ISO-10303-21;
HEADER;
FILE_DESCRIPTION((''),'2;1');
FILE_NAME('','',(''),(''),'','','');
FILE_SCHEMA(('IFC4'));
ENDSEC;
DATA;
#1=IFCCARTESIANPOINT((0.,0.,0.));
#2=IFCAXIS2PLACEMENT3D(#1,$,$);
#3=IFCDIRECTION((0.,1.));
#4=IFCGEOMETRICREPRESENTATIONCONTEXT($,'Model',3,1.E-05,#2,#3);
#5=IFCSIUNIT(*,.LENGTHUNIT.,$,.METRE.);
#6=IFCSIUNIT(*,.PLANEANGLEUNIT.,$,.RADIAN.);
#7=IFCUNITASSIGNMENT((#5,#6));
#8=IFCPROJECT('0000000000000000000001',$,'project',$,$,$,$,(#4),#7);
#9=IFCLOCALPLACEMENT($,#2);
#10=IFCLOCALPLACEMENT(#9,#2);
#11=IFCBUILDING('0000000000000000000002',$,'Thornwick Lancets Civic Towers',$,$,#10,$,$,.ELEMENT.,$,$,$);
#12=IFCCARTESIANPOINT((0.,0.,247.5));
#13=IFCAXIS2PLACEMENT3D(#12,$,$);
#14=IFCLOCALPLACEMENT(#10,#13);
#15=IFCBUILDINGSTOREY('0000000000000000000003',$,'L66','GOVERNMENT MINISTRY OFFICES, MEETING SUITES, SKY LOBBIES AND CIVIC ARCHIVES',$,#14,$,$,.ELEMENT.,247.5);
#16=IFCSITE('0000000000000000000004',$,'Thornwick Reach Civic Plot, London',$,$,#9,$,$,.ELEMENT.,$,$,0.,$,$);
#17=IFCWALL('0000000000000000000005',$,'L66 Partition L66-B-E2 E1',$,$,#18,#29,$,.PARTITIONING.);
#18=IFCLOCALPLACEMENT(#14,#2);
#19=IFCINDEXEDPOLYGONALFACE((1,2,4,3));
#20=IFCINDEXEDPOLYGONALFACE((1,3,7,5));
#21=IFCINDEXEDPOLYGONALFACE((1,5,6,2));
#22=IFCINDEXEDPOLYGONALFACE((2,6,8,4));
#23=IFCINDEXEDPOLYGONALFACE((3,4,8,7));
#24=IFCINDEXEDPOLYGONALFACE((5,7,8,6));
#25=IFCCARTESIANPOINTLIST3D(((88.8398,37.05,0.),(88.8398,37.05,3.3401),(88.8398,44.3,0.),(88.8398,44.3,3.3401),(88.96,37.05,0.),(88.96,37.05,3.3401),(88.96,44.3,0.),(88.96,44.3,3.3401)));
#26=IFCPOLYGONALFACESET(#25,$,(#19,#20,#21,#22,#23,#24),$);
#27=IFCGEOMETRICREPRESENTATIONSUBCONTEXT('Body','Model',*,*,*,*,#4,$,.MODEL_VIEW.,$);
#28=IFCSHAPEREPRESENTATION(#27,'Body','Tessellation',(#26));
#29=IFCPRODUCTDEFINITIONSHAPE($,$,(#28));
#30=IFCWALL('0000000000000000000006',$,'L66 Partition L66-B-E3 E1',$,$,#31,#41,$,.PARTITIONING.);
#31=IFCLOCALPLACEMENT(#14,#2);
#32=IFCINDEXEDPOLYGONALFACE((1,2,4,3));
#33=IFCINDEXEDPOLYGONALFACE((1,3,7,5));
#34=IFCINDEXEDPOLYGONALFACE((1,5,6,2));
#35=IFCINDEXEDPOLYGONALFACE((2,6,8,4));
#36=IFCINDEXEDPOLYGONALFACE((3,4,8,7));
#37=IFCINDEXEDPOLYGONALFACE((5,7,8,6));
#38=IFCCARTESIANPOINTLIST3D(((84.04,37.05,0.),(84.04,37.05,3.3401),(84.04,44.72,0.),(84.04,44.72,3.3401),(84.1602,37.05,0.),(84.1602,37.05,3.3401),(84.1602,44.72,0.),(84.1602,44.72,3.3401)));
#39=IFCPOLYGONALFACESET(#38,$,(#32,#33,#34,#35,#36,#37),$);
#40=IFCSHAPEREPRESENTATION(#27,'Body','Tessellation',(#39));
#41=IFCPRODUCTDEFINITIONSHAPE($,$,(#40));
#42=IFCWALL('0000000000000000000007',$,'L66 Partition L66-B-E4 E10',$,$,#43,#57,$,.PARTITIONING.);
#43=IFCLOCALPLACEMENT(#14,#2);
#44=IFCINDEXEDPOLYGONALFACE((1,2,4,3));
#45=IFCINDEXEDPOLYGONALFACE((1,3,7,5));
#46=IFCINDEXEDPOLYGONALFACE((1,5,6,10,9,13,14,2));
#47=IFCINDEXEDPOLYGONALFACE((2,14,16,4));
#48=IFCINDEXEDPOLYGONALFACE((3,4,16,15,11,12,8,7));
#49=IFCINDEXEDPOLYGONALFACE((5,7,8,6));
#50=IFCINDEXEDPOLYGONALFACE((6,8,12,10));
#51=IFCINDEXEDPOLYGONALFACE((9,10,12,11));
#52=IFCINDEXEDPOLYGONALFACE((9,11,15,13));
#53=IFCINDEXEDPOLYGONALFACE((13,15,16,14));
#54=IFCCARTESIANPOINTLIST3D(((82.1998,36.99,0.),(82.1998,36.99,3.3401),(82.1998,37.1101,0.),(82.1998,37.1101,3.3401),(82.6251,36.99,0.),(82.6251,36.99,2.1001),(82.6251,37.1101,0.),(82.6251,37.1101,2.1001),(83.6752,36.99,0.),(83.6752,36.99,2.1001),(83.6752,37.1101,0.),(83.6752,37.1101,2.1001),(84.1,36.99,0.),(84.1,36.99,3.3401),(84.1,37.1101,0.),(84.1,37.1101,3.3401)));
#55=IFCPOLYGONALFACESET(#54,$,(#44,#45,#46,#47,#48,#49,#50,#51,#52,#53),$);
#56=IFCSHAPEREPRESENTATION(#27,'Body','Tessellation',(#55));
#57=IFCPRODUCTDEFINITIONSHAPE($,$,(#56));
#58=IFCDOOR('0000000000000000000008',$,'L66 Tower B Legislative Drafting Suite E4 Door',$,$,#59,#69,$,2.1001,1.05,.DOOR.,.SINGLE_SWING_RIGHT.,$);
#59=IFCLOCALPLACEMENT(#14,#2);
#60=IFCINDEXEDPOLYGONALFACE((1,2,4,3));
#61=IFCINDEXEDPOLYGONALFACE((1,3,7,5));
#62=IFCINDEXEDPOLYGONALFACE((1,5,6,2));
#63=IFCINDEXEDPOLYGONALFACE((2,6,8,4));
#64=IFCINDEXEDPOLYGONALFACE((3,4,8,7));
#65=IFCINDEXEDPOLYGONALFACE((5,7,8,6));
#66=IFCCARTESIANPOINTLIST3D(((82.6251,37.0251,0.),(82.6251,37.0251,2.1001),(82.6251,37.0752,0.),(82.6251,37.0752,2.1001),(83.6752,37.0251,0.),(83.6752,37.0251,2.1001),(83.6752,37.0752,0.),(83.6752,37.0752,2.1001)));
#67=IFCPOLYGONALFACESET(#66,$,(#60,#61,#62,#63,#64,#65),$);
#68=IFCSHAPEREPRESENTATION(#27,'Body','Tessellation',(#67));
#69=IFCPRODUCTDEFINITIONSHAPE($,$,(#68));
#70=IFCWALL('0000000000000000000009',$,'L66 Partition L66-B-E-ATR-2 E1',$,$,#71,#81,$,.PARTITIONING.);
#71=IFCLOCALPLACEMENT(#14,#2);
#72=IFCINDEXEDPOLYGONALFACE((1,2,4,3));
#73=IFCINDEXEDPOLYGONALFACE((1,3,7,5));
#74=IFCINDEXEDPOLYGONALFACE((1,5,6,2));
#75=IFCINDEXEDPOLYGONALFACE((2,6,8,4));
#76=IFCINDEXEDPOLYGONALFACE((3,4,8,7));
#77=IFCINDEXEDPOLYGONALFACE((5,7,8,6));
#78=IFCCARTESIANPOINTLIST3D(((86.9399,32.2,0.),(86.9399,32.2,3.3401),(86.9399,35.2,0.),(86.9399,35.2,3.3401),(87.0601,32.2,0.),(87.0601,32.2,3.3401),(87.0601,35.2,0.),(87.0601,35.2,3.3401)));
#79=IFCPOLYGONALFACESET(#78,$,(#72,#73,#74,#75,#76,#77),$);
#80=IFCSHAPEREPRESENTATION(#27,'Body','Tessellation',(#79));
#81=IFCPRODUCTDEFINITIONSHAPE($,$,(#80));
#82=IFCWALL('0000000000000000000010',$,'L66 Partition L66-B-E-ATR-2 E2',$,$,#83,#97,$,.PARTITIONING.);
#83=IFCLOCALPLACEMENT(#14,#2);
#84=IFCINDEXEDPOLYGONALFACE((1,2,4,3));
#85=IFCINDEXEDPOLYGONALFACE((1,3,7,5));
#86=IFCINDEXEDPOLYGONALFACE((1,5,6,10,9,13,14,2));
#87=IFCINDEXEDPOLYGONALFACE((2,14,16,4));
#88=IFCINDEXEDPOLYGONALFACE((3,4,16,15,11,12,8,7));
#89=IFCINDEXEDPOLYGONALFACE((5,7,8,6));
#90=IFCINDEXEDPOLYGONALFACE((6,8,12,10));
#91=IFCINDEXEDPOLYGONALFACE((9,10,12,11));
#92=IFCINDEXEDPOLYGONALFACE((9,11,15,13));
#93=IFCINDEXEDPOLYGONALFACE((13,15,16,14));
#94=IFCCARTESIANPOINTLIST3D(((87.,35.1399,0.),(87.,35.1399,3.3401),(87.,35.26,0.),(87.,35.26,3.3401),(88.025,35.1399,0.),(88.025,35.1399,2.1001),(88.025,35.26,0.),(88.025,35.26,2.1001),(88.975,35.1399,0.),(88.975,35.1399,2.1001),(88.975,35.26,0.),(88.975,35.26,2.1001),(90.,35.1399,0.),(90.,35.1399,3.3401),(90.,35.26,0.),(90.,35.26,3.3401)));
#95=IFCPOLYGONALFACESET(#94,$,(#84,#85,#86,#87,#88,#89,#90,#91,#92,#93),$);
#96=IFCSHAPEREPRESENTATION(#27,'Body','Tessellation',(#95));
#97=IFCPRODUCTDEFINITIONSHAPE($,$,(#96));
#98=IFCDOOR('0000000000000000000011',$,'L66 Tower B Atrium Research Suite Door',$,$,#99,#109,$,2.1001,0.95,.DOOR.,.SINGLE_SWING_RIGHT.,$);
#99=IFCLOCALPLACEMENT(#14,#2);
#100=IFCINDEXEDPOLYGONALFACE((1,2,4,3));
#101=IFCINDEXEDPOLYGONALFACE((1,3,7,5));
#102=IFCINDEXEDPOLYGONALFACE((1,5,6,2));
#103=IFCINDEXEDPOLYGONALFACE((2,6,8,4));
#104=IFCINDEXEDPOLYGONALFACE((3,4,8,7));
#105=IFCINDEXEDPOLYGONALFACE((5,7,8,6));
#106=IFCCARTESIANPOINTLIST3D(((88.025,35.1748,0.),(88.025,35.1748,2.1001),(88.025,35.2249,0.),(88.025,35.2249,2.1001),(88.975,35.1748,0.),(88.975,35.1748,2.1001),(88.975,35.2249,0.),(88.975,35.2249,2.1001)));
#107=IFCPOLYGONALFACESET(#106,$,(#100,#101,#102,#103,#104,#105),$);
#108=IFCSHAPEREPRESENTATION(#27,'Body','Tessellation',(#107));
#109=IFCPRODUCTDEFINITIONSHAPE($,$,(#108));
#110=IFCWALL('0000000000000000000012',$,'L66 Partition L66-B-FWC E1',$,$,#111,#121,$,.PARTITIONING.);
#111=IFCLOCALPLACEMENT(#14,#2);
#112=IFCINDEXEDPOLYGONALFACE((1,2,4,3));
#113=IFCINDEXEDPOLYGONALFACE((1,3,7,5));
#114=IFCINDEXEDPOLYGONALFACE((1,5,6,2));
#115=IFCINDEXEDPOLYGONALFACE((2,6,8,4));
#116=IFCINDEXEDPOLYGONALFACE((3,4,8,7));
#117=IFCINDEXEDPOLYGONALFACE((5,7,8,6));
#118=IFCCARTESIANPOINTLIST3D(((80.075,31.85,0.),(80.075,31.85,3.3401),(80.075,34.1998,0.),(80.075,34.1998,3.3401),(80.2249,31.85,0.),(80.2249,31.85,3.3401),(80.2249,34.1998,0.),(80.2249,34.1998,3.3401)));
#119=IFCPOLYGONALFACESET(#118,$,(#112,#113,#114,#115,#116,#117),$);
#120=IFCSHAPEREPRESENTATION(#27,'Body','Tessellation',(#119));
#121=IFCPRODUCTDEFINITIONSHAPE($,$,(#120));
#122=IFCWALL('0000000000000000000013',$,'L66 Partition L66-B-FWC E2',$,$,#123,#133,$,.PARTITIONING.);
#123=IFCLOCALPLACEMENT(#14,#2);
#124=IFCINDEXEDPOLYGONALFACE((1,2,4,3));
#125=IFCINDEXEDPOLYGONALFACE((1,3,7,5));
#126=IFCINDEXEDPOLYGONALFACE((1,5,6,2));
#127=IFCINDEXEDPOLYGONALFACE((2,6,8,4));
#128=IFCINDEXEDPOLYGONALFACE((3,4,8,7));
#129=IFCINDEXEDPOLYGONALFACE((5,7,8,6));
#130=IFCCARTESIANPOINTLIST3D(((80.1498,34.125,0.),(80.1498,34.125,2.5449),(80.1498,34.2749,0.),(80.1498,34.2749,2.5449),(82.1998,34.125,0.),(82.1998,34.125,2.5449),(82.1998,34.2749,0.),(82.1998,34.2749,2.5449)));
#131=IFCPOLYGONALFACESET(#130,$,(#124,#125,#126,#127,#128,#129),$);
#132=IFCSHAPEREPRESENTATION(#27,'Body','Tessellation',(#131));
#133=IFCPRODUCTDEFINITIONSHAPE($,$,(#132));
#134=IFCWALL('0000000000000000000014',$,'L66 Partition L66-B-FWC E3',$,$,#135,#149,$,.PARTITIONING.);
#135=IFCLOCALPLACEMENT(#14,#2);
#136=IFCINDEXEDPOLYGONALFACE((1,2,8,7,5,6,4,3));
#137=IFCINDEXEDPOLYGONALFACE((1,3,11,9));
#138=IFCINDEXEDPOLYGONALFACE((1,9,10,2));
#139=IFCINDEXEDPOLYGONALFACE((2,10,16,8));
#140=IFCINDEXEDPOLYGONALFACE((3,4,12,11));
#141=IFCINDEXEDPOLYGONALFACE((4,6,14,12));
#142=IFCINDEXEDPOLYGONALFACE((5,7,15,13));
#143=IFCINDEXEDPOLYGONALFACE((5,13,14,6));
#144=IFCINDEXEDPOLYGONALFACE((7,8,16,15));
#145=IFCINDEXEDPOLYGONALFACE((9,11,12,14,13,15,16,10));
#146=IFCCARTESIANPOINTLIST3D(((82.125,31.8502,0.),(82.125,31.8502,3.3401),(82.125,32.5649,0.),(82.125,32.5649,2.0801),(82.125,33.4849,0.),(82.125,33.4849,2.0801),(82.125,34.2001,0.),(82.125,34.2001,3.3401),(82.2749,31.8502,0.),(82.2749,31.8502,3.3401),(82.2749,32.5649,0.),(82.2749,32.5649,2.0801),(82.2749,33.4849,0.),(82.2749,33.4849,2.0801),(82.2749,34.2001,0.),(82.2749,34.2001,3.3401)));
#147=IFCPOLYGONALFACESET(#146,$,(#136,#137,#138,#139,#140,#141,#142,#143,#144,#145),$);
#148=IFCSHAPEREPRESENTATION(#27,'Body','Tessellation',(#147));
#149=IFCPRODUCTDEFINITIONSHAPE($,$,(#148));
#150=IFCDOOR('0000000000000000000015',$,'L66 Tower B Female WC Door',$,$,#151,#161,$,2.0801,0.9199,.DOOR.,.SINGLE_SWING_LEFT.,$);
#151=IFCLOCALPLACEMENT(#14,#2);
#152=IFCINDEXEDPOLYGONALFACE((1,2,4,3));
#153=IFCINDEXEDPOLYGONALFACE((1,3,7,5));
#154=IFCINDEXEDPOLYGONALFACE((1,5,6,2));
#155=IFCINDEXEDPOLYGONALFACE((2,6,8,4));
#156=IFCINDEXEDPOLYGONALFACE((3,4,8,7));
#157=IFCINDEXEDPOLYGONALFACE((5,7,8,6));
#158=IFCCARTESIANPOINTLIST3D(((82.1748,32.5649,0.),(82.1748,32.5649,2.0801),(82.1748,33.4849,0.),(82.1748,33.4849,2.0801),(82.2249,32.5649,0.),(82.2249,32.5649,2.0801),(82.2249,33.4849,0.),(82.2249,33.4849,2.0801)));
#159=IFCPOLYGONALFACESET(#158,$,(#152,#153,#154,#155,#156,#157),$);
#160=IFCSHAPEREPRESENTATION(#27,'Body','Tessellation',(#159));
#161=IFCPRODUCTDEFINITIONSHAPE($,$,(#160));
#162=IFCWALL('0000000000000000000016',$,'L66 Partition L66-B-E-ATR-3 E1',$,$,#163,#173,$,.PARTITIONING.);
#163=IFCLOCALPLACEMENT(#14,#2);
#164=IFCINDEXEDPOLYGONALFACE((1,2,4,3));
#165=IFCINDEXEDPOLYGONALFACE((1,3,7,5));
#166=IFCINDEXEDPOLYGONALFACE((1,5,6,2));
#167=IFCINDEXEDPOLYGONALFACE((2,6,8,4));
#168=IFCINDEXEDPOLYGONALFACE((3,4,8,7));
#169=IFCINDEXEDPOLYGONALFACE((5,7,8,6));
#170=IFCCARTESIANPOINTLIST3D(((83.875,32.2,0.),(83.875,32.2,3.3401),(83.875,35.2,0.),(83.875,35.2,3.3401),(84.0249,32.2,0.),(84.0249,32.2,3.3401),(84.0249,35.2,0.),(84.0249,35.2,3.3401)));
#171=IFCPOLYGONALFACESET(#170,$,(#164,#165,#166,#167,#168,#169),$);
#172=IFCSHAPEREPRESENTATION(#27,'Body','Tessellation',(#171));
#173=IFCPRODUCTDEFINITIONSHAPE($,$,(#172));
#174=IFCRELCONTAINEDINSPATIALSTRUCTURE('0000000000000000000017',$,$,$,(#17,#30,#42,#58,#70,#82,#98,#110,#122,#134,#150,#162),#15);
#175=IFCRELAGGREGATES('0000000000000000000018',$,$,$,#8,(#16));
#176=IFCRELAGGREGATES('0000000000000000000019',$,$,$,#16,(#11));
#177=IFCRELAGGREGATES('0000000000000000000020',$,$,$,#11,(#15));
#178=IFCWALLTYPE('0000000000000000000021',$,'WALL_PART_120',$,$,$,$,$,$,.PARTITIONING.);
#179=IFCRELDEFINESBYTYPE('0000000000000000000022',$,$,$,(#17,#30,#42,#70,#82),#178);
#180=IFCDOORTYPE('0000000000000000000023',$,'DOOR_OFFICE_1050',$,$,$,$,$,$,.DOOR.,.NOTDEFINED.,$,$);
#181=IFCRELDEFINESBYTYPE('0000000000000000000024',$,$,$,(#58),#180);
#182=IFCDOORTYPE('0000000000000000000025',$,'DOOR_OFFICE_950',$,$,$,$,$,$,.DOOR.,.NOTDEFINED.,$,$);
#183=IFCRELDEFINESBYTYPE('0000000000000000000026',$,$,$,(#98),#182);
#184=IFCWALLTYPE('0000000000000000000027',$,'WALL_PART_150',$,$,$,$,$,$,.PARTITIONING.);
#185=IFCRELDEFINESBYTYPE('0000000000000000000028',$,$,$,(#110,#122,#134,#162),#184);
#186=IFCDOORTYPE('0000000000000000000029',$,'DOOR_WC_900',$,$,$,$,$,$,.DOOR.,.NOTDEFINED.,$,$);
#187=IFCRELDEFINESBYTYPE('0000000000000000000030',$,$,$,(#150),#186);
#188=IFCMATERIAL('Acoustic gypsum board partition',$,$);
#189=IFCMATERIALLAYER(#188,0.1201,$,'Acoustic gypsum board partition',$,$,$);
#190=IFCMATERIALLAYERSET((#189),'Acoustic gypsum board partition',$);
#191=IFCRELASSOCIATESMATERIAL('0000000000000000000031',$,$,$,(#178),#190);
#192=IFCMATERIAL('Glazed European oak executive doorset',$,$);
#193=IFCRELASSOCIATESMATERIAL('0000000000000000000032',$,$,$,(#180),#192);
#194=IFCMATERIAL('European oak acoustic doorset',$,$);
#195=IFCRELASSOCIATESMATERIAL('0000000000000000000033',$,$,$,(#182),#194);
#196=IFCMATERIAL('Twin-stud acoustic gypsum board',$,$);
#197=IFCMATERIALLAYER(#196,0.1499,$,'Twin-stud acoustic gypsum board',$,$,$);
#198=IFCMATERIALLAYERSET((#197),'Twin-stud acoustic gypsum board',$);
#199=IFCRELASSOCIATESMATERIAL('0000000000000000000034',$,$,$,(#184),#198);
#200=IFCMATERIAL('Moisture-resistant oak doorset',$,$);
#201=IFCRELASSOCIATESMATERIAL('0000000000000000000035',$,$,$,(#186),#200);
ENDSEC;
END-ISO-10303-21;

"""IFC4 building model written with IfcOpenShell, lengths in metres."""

from ifc_helpers import new_model, si_unit, direction, frame, frame_2d, origin, place, context, subcontext, project, spatial, rectangle, extrude, material, layer, layer_set, type_object, element, fill, save


model = new_model("IFC4")

# Units and contexts
model_context = context("Model", 3, precision=1e-05, world=origin(), true_north=direction((0.0, 1.0)))
body_context = subcontext(model_context, "Body", "Model", "MODEL_VIEW")
ifc_project = project(units=[si_unit("LENGTHUNIT", "METRE"), si_unit("PLANEANGLEUNIT", "RADIAN")], contexts=[model_context])

# Site, building, storey
site_placement = place(None, origin())
site = spatial("IfcSite", under=ifc_project, at=site_placement, Name="Thornwick Reach Civic Plot, London", CompositionType="ELEMENT", RefElevation=0.0)
building_placement = place(site_placement, origin())
building = spatial("IfcBuilding", under=site, at=building_placement, Name="Thornwick Lancets Civic Towers", CompositionType="ELEMENT")
storey_placement = place(building_placement, frame((0.0, 0.0, 247.5)))
storey = spatial("IfcBuildingStorey", under=building, at=storey_placement, Name="L66", Description="GOVERNMENT MINISTRY OFFICES, MEETING SUITES, SKY LOBBIES AND CIVIC ARCHIVES", CompositionType="ELEMENT", Elevation=247.5)

# Walls
ifc_material_1 = material(Name="Acoustic gypsum board partition")
ifc_layer_1 = layer(ifc_material_1, 0.1201, Name="Acoustic gypsum board partition")
ifc_layer_set_1 = layer_set([ifc_layer_1], Name="Acoustic gypsum board partition")
wall_type_1 = type_object("IfcWallType", Name="WALL_PART_120", PredefinedType="PARTITIONING", material=ifc_layer_set_1)
wall_1_placement = place(storey_placement, frame((88.8999, 37.05, 0.0), z_axis=(0.0, 0.0, 1.0), x_axis=(0.0, 1.0, 0.0)))
element("IfcWall", 1, at=wall_1_placement, inside=storey, type_object=wall_type_1, Name="L66 Partition L66-B-E2 E1", PredefinedType="PARTITIONING", context=body_context, shape_type="SweptSolid", body=[
    extrude(rectangle(XDim=7.25, YDim=0.1201, at=frame_2d((3.625, 0.0))), origin(), (0.0, 0.0, 1.0), 3.3401),
])
wall_2_placement = place(storey_placement, frame((84.1001, 37.05, 0.0), z_axis=(0.0, 0.0, 1.0), x_axis=(0.0, 1.0, 0.0)))
element("IfcWall", 2, at=wall_2_placement, inside=storey, type_object=wall_type_1, Name="L66 Partition L66-B-E3 E1", PredefinedType="PARTITIONING", context=body_context, shape_type="SweptSolid", body=[
    extrude(rectangle(XDim=7.6699, YDim=0.1201, at=frame_2d((3.835, 0.0))), origin(), (0.0, 0.0, 1.0), 3.3401),
])

# Wall, opening, door
wall_3_placement = place(storey_placement, frame((84.1001, 37.05, 0.0), z_axis=(0.0, 0.0, 1.0), x_axis=(-1.0, 0.0, 0.0)))
wall_3 = element("IfcWall", 3, at=wall_3_placement, inside=storey, type_object=wall_type_1, Name="L66 Partition L66-B-E4 E10", PredefinedType="PARTITIONING", context=body_context, shape_type="SweptSolid", body=[
    extrude(rectangle(XDim=1.9001, YDim=0.1201, at=frame_2d((0.9502, 0.0))), origin(), (0.0, 0.0, 1.0), 3.3401),
])
opening_1_placement = place(wall_3_placement, frame((0.425, 0.0, 0.0)))
opening_1 = element("IfcOpeningElement", 4, at=opening_1_placement, cuts=wall_3, PredefinedType="OPENING", context=body_context, shape_type="SweptSolid", body=[
    extrude(rectangle(XDim=1.05, YDim=2.1001, at=frame_2d((0.5249, 1.05))), frame((0.0, 0.0701, 0.0), z_axis=(0.0, -1.0, 0.0), x_axis=(1.0, 0.0, 0.0)), (0.0, 0.0, 1.0), 0.1401),
])
ifc_material_2 = material(Name="Glazed European oak executive doorset")
door_type_1 = type_object("IfcDoorType", Name="DOOR_OFFICE_1050", OperationType="NOTDEFINED", PredefinedType="DOOR", material=ifc_material_2)
door_1_placement = place(opening_1_placement, origin())
door_1 = element("IfcDoor", 5, at=door_1_placement, inside=storey, type_object=door_type_1, Name="L66 Tower B Legislative Drafting Suite E4 Door", OperationType="SINGLE_SWING_RIGHT", OverallHeight=2.1001, OverallWidth=1.05, PredefinedType="DOOR", context=body_context, shape_type="SweptSolid", body=[
    extrude(rectangle(XDim=1.05, YDim=2.1001, at=frame_2d((0.5249, 1.05))), frame((0.0, 0.0249, 0.0), z_axis=(0.0, -1.0, 0.0), x_axis=(1.0, 0.0, 0.0)), (0.0, 0.0, 1.0), 0.05),
])
fill(opening_1, door_1)

# Wall
wall_4_placement = place(storey_placement, frame((87.0, 32.2, 0.0), z_axis=(0.0, 0.0, 1.0), x_axis=(0.0, 1.0, 0.0)))
element("IfcWall", 6, at=wall_4_placement, inside=storey, type_object=wall_type_1, Name="L66 Partition L66-B-E-ATR-2 E1", PredefinedType="PARTITIONING", context=body_context, shape_type="SweptSolid", body=[
    extrude(rectangle(XDim=3.0, YDim=0.1201, at=frame_2d((1.5, 0.0))), origin(), (0.0, 0.0, 1.0), 3.3401),
])

# Wall, opening, door
wall_5_placement = place(storey_placement, frame((87.0, 35.2, 0.0), z_axis=(0.0, 0.0, 1.0), x_axis=(1.0, 0.0, 0.0)))
wall_5 = element("IfcWall", 7, at=wall_5_placement, inside=storey, type_object=wall_type_1, Name="L66 Partition L66-B-E-ATR-2 E2", PredefinedType="PARTITIONING", context=body_context, shape_type="SweptSolid", body=[
    extrude(rectangle(XDim=3.0, YDim=0.1201, at=frame_2d((1.5, 0.0))), origin(), (0.0, 0.0, 1.0), 3.3401),
])
opening_2_placement = place(wall_5_placement, frame((1.0249, 0.0, 0.0)))
opening_2 = element("IfcOpeningElement", 8, at=opening_2_placement, cuts=wall_5, PredefinedType="OPENING", context=body_context, shape_type="SweptSolid", body=[
    extrude(rectangle(XDim=0.95, YDim=2.1001, at=frame_2d((0.4751, 1.05))), frame((0.0, 0.0701, 0.0), z_axis=(0.0, -1.0, 0.0), x_axis=(1.0, 0.0, 0.0)), (0.0, 0.0, 1.0), 0.1401),
])
ifc_material_3 = material(Name="European oak acoustic doorset")
door_type_2 = type_object("IfcDoorType", Name="DOOR_OFFICE_950", OperationType="NOTDEFINED", PredefinedType="DOOR", material=ifc_material_3)
door_2_placement = place(opening_2_placement, origin())
door_2 = element("IfcDoor", 9, at=door_2_placement, inside=storey, type_object=door_type_2, Name="L66 Tower B Atrium Research Suite Door", OperationType="SINGLE_SWING_RIGHT", OverallHeight=2.1001, OverallWidth=0.95, PredefinedType="DOOR", context=body_context, shape_type="SweptSolid", body=[
    extrude(rectangle(XDim=0.95, YDim=2.1001, at=frame_2d((0.4751, 1.05))), frame((0.0, 0.0249, 0.0), z_axis=(0.0, -1.0, 0.0), x_axis=(1.0, 0.0, 0.0)), (0.0, 0.0, 1.0), 0.05),
])
fill(opening_2, door_2)

# Walls
ifc_material_4 = material(Name="Twin-stud acoustic gypsum board")
ifc_layer_2 = layer(ifc_material_4, 0.1499, Name="Twin-stud acoustic gypsum board")
ifc_layer_set_2 = layer_set([ifc_layer_2], Name="Twin-stud acoustic gypsum board")
wall_type_2 = type_object("IfcWallType", Name="WALL_PART_150", PredefinedType="PARTITIONING", material=ifc_layer_set_2)
wall_6_placement = place(storey_placement, frame((80.1499, 31.8501, 0.0), z_axis=(0.0, 0.0, 1.0), x_axis=(0.0, 1.0, 0.0)))
element("IfcWall", 10, at=wall_6_placement, inside=storey, type_object=wall_type_2, Name="L66 Partition L66-B-FWC E1", PredefinedType="PARTITIONING", context=body_context, shape_type="SweptSolid", body=[
    extrude(rectangle(XDim=2.3499, YDim=0.1499, at=frame_2d((1.1748, 0.0))), origin(), (0.0, 0.0, 1.0), 3.3401),
])
wall_7_placement = place(storey_placement, frame((80.1499, 34.2, 0.0), z_axis=(0.0, 0.0, 1.0), x_axis=(1.0, 0.0, 0.0)))
element("IfcWall", 11, at=wall_7_placement, inside=storey, type_object=wall_type_2, Name="L66 Partition L66-B-FWC E2", PredefinedType="PARTITIONING", context=body_context, shape_type="SweptSolid", body=[
    extrude(rectangle(XDim=2.05, YDim=0.1499, at=frame_2d((1.0249, 0.0))), origin(), (0.0, 0.0, 1.0), 2.5449),
])

# Wall, opening, door
wall_8_placement = place(storey_placement, frame((82.2, 34.2, 0.0), z_axis=(0.0, 0.0, 1.0), x_axis=(0.0, -1.0, 0.0)))
wall_8 = element("IfcWall", 12, at=wall_8_placement, inside=storey, type_object=wall_type_2, Name="L66 Partition L66-B-FWC E3", PredefinedType="PARTITIONING", context=body_context, shape_type="SweptSolid", body=[
    extrude(rectangle(XDim=2.3499, YDim=0.1499, at=frame_2d((1.1748, 0.0))), origin(), (0.0, 0.0, 1.0), 3.3401),
])
opening_3_placement = place(wall_8_placement, frame((0.7151, 0.0, 0.0)))
opening_3 = element("IfcOpeningElement", 13, at=opening_3_placement, cuts=wall_8, PredefinedType="OPENING", context=body_context, shape_type="SweptSolid", body=[
    extrude(rectangle(XDim=0.9199, YDim=2.0801, at=frame_2d((0.46, 1.04))), frame((0.0, 0.085, 0.0), z_axis=(0.0, -1.0, 0.0), x_axis=(1.0, 0.0, 0.0)), (0.0, 0.0, 1.0), 0.1699),
])
ifc_material_5 = material(Name="Moisture-resistant oak doorset")
door_type_3 = type_object("IfcDoorType", Name="DOOR_WC_900", OperationType="NOTDEFINED", PredefinedType="DOOR", material=ifc_material_5)
door_3_placement = place(opening_3_placement, origin())
door_3 = element("IfcDoor", 14, at=door_3_placement, inside=storey, type_object=door_type_3, Name="L66 Tower B Female WC Door", OperationType="SINGLE_SWING_LEFT", OverallHeight=2.0801, OverallWidth=0.9199, PredefinedType="DOOR", context=body_context, shape_type="SweptSolid", body=[
    extrude(rectangle(XDim=0.9199, YDim=2.0801, at=frame_2d((0.46, 1.04))), frame((0.0, 0.0249, 0.0), z_axis=(0.0, -1.0, 0.0), x_axis=(1.0, 0.0, 0.0)), (0.0, 0.0, 1.0), 0.05),
])
fill(opening_3, door_3)

# Wall
wall_9_placement = place(storey_placement, frame((83.95, 32.2, 0.0), z_axis=(0.0, 0.0, 1.0), x_axis=(0.0, 1.0, 0.0)))
element("IfcWall", 15, at=wall_9_placement, inside=storey, type_object=wall_type_2, Name="L66 Partition L66-B-E-ATR-3 E1", PredefinedType="PARTITIONING", context=body_context, shape_type="SweptSolid", body=[
    extrude(rectangle(XDim=3.0, YDim=0.1499, at=frame_2d((1.5, 0.0))), origin(), (0.0, 0.0, 1.0), 3.3401),
])

save(model, "model.ifc")
